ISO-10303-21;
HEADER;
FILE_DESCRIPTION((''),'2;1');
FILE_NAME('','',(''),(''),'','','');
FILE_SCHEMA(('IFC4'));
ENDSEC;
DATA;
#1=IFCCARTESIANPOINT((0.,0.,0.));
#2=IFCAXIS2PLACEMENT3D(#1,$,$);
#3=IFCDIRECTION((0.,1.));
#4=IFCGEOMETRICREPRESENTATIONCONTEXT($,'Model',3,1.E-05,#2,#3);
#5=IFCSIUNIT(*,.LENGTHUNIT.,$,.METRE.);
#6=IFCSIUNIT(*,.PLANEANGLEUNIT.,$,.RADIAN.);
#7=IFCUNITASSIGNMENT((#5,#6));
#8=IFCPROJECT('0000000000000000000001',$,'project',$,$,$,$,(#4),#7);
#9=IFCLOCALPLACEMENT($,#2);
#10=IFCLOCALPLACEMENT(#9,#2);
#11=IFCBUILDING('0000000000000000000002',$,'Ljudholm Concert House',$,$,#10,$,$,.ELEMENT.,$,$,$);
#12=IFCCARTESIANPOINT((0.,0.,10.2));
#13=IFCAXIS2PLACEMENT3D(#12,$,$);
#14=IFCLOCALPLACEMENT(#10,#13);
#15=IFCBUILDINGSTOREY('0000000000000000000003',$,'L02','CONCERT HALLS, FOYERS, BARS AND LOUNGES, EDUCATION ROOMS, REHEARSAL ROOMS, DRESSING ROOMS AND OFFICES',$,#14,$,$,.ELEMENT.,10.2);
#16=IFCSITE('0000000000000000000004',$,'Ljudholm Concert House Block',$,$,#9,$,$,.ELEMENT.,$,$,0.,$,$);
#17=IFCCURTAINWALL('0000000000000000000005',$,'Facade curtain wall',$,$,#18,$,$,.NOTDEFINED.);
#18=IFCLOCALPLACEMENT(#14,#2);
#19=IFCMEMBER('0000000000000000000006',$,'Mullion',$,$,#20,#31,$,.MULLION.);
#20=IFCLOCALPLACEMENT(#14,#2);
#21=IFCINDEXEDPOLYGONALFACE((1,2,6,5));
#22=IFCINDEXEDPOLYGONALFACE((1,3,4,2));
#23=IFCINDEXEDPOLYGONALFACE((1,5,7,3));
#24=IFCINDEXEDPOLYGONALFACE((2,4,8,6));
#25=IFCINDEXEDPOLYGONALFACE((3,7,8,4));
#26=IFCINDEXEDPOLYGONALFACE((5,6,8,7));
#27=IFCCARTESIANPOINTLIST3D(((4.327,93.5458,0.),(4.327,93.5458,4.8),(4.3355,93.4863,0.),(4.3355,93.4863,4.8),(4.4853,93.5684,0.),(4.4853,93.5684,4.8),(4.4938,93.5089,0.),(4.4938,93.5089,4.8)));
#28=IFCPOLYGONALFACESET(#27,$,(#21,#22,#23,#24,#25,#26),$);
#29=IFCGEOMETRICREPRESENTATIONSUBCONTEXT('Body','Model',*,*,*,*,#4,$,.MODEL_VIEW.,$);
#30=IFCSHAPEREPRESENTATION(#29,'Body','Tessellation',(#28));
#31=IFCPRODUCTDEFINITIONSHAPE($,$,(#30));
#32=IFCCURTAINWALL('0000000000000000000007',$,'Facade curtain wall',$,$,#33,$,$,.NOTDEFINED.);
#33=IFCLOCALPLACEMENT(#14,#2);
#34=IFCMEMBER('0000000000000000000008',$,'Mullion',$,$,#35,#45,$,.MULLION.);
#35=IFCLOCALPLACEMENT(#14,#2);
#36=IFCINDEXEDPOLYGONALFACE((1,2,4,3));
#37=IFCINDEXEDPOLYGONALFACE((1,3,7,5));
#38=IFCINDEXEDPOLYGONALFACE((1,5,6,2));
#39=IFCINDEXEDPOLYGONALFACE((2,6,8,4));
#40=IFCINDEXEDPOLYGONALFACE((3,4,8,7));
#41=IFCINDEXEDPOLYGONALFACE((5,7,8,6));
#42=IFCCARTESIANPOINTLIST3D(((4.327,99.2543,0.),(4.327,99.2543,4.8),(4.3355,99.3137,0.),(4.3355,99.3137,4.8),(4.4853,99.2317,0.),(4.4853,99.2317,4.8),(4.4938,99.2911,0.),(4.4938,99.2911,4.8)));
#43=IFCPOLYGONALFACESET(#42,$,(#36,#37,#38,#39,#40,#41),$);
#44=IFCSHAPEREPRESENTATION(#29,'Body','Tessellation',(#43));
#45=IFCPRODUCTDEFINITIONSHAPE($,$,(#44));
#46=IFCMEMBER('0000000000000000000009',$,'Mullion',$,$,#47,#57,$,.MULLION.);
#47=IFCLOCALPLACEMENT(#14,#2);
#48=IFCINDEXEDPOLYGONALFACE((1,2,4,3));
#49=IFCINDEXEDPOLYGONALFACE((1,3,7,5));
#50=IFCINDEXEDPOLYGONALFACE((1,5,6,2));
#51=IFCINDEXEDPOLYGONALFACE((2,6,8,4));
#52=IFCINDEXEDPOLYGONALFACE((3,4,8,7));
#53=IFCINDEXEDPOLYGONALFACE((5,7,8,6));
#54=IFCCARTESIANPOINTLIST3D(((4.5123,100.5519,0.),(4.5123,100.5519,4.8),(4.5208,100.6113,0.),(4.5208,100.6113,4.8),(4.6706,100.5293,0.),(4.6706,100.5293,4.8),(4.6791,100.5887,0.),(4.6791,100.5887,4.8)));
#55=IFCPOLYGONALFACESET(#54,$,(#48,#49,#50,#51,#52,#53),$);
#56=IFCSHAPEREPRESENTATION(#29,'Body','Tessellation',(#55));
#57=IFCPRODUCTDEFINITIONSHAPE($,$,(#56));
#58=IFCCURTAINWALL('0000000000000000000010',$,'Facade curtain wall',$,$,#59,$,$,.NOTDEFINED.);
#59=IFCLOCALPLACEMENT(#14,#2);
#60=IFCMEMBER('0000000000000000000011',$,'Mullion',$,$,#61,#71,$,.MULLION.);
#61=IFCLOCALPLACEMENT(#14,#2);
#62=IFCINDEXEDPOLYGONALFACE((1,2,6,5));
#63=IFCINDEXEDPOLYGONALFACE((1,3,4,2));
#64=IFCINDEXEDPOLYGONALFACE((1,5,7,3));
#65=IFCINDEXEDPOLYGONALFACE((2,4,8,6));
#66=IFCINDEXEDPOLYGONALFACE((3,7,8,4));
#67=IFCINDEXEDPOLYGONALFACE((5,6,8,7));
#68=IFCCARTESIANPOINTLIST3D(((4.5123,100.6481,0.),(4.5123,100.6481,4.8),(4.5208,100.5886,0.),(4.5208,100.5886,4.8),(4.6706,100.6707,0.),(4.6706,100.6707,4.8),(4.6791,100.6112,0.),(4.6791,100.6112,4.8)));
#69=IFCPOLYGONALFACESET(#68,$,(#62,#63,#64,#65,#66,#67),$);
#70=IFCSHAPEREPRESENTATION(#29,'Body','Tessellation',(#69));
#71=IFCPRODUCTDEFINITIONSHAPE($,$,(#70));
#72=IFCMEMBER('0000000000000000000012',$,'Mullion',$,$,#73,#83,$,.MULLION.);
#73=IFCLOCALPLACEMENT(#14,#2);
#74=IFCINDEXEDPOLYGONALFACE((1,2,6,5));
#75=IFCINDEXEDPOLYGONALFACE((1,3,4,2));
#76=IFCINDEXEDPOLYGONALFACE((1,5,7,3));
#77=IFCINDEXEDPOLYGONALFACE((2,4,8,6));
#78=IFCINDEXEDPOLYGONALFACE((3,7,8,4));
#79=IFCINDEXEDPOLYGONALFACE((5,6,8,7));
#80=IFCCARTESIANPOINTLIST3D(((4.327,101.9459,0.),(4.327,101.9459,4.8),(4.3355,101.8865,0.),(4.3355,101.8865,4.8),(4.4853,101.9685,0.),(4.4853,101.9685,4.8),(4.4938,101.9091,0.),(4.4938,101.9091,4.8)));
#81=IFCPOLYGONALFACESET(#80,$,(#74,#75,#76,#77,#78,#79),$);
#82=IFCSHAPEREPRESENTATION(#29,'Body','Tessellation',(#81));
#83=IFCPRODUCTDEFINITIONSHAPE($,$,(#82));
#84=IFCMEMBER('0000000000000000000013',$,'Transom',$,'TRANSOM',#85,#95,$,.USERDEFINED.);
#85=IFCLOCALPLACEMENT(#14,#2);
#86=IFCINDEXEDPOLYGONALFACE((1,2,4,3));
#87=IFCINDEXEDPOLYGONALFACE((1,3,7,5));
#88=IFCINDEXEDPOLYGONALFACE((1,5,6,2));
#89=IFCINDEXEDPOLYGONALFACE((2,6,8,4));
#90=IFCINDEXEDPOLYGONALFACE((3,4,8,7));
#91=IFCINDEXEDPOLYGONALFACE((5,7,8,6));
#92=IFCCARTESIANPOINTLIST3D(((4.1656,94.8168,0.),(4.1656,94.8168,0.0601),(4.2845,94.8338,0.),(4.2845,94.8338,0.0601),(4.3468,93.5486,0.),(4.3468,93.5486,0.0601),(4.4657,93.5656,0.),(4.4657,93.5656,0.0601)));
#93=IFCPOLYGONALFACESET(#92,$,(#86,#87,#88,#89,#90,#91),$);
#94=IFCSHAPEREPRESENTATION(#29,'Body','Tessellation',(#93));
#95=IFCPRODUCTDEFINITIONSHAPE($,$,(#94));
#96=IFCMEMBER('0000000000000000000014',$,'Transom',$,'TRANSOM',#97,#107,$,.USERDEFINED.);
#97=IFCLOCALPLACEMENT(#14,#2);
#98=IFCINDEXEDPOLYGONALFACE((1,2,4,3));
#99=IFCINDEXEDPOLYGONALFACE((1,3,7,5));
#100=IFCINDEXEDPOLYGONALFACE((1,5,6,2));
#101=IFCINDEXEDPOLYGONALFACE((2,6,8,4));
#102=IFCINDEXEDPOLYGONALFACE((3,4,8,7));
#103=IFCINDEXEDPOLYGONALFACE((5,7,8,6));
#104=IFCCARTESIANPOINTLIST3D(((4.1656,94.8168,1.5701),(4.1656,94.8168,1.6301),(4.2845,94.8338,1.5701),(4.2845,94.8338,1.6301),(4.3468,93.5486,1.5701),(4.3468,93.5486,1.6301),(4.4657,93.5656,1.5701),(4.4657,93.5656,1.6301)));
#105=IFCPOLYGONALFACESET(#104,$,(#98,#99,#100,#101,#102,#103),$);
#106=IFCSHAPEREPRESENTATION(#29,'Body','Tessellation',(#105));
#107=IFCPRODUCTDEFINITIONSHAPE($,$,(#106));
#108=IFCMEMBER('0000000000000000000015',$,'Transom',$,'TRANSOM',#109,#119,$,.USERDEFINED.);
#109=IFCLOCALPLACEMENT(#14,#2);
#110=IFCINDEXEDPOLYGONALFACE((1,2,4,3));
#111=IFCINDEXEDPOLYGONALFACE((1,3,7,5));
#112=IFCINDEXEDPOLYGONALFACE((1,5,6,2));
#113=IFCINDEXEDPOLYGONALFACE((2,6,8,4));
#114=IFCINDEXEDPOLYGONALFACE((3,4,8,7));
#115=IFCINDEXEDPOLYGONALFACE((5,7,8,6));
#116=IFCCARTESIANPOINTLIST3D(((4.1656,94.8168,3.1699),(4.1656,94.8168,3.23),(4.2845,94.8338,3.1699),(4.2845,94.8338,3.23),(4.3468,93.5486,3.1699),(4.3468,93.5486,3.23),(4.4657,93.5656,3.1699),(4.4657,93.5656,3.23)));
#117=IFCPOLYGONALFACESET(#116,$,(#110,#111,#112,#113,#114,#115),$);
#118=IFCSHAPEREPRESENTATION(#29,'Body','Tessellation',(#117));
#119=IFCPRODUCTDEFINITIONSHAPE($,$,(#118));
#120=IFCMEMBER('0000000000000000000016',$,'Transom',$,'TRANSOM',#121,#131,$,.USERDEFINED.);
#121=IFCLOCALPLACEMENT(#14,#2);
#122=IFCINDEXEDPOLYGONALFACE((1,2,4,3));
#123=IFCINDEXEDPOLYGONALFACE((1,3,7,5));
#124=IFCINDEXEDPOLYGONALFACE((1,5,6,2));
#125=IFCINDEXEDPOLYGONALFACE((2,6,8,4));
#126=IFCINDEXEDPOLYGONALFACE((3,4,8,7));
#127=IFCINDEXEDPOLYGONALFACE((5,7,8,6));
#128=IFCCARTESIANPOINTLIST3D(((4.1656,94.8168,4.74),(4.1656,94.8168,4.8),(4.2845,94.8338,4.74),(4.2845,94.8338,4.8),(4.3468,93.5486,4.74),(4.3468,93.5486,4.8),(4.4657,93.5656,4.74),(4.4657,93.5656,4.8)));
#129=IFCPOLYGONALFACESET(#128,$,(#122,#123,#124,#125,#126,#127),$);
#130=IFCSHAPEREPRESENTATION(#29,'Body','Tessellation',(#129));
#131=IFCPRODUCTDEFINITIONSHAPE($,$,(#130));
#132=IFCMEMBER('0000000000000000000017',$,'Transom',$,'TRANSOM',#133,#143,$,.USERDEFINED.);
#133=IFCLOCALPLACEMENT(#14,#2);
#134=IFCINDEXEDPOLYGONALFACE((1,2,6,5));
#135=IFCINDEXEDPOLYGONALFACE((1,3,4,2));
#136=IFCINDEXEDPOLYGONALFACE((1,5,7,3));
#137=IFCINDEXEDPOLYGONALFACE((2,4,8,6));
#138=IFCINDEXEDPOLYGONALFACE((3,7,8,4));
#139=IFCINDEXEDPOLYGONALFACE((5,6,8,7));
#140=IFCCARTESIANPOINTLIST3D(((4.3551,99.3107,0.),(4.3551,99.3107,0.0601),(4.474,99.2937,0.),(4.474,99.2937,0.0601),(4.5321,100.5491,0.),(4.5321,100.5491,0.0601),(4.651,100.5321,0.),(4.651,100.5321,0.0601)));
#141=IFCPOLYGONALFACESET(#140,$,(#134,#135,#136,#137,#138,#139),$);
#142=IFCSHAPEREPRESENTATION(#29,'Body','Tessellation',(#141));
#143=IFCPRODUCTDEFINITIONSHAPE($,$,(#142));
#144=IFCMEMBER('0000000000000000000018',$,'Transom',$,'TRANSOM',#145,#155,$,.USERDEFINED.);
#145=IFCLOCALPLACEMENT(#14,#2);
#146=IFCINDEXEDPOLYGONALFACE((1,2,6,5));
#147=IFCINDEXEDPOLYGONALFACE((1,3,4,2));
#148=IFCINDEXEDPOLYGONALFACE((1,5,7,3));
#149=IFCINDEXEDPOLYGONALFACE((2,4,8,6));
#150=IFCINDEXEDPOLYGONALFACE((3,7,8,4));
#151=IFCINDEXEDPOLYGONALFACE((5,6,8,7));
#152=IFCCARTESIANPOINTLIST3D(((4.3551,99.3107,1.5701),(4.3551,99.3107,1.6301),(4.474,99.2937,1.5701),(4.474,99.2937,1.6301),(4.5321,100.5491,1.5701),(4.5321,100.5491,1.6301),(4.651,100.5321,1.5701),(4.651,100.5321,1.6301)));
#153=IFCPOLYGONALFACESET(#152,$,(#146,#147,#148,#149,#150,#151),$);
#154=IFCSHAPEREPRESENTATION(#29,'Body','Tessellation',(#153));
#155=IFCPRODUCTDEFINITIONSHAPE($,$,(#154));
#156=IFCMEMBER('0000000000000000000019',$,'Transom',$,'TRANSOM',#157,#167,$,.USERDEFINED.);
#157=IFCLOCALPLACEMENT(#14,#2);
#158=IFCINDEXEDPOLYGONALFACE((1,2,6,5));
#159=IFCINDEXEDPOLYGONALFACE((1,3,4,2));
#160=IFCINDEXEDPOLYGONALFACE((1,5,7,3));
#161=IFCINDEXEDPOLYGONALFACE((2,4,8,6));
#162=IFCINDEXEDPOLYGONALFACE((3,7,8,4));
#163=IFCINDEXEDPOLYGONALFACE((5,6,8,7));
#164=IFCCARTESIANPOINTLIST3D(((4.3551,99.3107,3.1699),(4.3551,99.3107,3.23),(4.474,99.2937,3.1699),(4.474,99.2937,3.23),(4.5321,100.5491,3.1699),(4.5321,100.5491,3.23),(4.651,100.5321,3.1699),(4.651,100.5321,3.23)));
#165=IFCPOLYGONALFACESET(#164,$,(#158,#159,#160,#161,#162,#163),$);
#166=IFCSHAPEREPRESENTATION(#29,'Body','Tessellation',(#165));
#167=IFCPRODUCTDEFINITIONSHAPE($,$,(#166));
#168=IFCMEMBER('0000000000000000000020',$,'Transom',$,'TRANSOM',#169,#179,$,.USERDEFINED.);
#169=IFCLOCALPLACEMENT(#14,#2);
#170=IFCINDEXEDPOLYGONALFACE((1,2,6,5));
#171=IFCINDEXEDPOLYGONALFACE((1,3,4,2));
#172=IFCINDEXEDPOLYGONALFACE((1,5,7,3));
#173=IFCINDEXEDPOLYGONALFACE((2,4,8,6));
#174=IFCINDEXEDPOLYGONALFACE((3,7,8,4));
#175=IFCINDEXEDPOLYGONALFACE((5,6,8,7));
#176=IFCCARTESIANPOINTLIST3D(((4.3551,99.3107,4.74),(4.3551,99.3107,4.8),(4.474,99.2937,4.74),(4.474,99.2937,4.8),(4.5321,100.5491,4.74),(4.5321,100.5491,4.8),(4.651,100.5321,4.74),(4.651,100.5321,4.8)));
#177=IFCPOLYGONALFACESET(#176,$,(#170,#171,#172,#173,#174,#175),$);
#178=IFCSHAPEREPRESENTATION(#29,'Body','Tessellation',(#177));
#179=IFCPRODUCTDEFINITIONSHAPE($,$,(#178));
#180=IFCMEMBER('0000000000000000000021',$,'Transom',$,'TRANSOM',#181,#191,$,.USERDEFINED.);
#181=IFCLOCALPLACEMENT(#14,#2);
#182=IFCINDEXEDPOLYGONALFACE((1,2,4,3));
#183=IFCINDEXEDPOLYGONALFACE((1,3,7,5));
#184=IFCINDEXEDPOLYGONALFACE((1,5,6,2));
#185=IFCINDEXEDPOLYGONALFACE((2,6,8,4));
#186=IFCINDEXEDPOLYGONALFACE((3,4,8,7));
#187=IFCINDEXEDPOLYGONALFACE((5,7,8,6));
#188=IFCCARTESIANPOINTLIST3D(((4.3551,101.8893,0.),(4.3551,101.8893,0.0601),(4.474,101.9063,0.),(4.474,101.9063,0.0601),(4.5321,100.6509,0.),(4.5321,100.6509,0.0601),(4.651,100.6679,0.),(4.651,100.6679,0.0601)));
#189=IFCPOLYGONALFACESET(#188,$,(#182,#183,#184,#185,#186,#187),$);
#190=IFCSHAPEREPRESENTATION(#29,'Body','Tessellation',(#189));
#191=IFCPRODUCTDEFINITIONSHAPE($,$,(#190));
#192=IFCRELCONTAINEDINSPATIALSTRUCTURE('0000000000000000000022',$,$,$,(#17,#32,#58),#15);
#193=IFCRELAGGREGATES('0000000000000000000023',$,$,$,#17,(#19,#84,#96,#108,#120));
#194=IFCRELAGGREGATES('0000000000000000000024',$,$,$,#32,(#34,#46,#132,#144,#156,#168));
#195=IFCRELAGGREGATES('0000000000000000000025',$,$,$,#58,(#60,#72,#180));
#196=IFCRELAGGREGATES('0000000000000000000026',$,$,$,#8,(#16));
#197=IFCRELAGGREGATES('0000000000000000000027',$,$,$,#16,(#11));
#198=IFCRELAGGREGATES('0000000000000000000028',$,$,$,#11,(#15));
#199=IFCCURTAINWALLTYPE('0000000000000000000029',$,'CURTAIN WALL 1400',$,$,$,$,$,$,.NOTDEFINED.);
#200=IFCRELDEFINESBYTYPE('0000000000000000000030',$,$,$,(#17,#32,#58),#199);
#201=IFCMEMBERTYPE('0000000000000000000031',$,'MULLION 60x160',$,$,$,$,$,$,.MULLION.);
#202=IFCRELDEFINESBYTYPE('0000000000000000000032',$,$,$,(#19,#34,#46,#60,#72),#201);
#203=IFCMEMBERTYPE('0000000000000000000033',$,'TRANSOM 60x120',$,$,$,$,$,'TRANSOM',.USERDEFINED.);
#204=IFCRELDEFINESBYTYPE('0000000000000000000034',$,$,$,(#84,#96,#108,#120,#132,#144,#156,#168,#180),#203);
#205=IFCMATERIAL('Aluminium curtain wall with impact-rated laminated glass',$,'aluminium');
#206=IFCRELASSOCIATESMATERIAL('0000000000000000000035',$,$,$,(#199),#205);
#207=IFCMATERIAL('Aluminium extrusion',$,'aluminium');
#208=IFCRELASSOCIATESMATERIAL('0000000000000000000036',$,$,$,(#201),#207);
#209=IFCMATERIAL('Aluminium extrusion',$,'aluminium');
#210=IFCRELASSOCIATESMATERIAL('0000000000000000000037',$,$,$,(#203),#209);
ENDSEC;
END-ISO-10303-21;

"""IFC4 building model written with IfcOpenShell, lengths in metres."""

from ifc_helpers import new_model, si_unit, direction, frame, origin, origin_2d, place, context, subcontext, project, spatial, rectangle, extrude, material, material_profile, profile_set, type_object, element, aggregate, save


model = new_model("IFC4")

# Units and contexts
model_context = context("Model", 3, precision=1e-05, world=origin(), true_north=direction((0.0, 1.0)))
body_context = subcontext(model_context, "Body", "Model", "MODEL_VIEW")
ifc_project = project(units=[si_unit("LENGTHUNIT", "METRE"), si_unit("PLANEANGLEUNIT", "RADIAN")], contexts=[model_context])

# Site, building, storey
site_placement = place(None, origin())
site = spatial("IfcSite", under=ifc_project, at=site_placement, Name="Ljudholm Concert House Block", CompositionType="ELEMENT", RefElevation=0.0)
building_placement = place(site_placement, origin())
building = spatial("IfcBuilding", under=site, at=building_placement, Name="Ljudholm Concert House", CompositionType="ELEMENT")
storey_placement = place(building_placement, frame((0.0, 0.0, 10.2)))
storey = spatial("IfcBuildingStorey", under=building, at=storey_placement, Name="L02", Description="CONCERT HALLS, FOYERS, BARS AND LOUNGES, EDUCATION ROOMS, REHEARSAL ROOMS, DRESSING ROOMS AND OFFICES", CompositionType="ELEMENT", Elevation=10.2)

# Curtain wall, member
ifc_material_1 = material(Name="Aluminium curtain wall with impact-rated laminated glass", Category="aluminium")
curtain_wall_type = type_object("IfcCurtainWallType", Name="CURTAIN WALL 1400", PredefinedType="NOTDEFINED", material=ifc_material_1)
curtain_wall_1_placement = place(storey_placement, origin())
curtain_wall_1 = element("IfcCurtainWall", 1, at=curtain_wall_1_placement, inside=storey, type_object=curtain_wall_type, Name="Facade curtain wall", PredefinedType="NOTDEFINED")
ifc_material_2 = material(Name="Aluminium extrusion", Category="aluminium")
ifc_material_profile_1 = material_profile(ifc_material_2, rectangle(XDim=0.1599, YDim=0.0601, at=origin_2d()), Name="MULLION 60x160")
ifc_profile_set_1 = profile_set([ifc_material_profile_1], Name="Aluminium extrusion")
member_type_1 = type_object("IfcMemberType", Name="MULLION 60x160", PredefinedType="MULLION", material=ifc_profile_set_1)
member_1_placement = place(storey_placement, frame((4.4104, 93.5273, 0.0), z_axis=(0.0, 0.0, 1.0), x_axis=(-0.989949, -0.141421, 0.0)))
member_1 = element("IfcMember", 2, at=member_1_placement, type_object=member_type_1, Name="Mullion", PredefinedType="MULLION", context=body_context, shape_type="SweptSolid", body=[
    extrude(rectangle(XDim=0.1599, YDim=0.0601, at=origin_2d()), origin(), (0.0, 0.0, 1.0), 4.8),
])

# Curtain walls, members
curtain_wall_2_placement = place(storey_placement, origin())
curtain_wall_2 = element("IfcCurtainWall", 3, at=curtain_wall_2_placement, inside=storey, type_object=curtain_wall_type, Name="Facade curtain wall", PredefinedType="NOTDEFINED")
member_2_placement = place(storey_placement, frame((4.4104, 99.2727, 0.0), z_axis=(0.0, 0.0, 1.0), x_axis=(-0.989949, 0.141421, 0.0)))
member_2 = element("IfcMember", 4, at=member_2_placement, type_object=member_type_1, Name="Mullion", PredefinedType="MULLION", context=body_context, shape_type="SweptSolid", body=[
    extrude(rectangle(XDim=0.1599, YDim=0.0601, at=origin_2d()), origin(), (0.0, 0.0, 1.0), 4.8),
])
member_3_placement = place(storey_placement, frame((4.5957, 100.5703, 0.0), z_axis=(0.0, 0.0, 1.0), x_axis=(-0.989949, 0.141421, 0.0)))
member_3 = element("IfcMember", 5, at=member_3_placement, type_object=member_type_1, Name="Mullion", PredefinedType="MULLION", context=body_context, shape_type="SweptSolid", body=[
    extrude(rectangle(XDim=0.1599, YDim=0.0601, at=origin_2d()), origin(), (0.0, 0.0, 1.0), 4.8),
])
curtain_wall_3_placement = place(storey_placement, origin())
curtain_wall_3 = element("IfcCurtainWall", 6, at=curtain_wall_3_placement, inside=storey, type_object=curtain_wall_type, Name="Facade curtain wall", PredefinedType="NOTDEFINED")
member_4_placement = place(storey_placement, frame((4.5957, 100.6296, 0.0), z_axis=(0.0, 0.0, 1.0), x_axis=(-0.989949, -0.141421, 0.0)))
member_4 = element("IfcMember", 7, at=member_4_placement, type_object=member_type_1, Name="Mullion", PredefinedType="MULLION", context=body_context, shape_type="SweptSolid", body=[
    extrude(rectangle(XDim=0.1599, YDim=0.0601, at=origin_2d()), origin(), (0.0, 0.0, 1.0), 4.8),
])
member_5_placement = place(storey_placement, frame((4.4104, 101.9275, 0.0), z_axis=(0.0, 0.0, 1.0), x_axis=(-0.989949, -0.141421, 0.0)))
member_5 = element("IfcMember", 8, at=member_5_placement, type_object=member_type_1, Name="Mullion", PredefinedType="MULLION", context=body_context, shape_type="SweptSolid", body=[
    extrude(rectangle(XDim=0.1599, YDim=0.0601, at=origin_2d()), origin(), (0.0, 0.0, 1.0), 4.8),
])

# Members
ifc_material_3 = material(Name="Aluminium extrusion", Category="aluminium")
ifc_material_profile_2 = material_profile(ifc_material_3, rectangle(XDim=0.1201, YDim=0.0601, at=origin_2d()), Name="TRANSOM 60x120")
ifc_profile_set_2 = profile_set([ifc_material_profile_2], Name="Aluminium extrusion")
member_type_2 = type_object("IfcMemberType", Name="TRANSOM 60x120", ElementType="TRANSOM", PredefinedType="USERDEFINED", material=ifc_profile_set_2)
member_6_placement = place(storey_placement, frame((4.4062, 93.5571, 0.03), z_axis=(-0.141421, 0.989949, 0.0), x_axis=(-0.989949, -0.141421, 0.0)))
member_6 = element("IfcMember", 9, at=member_6_placement, type_object=member_type_2, Name="Transom", ObjectType="TRANSOM", PredefinedType="USERDEFINED", context=body_context, shape_type="SweptSolid", body=[
    extrude(rectangle(XDim=0.1201, YDim=0.0601, at=origin_2d()), origin(), (0.0, 0.0, 1.0), 1.281),
])
member_7_placement = place(storey_placement, frame((4.4062, 93.5571, 1.6001), z_axis=(-0.141421, 0.989949, 0.0), x_axis=(-0.989949, -0.141421, 0.0)))
member_7 = element("IfcMember", 10, at=member_7_placement, type_object=member_type_2, Name="Transom", ObjectType="TRANSOM", PredefinedType="USERDEFINED", context=body_context, shape_type="SweptSolid", body=[
    extrude(rectangle(XDim=0.1201, YDim=0.0601, at=origin_2d()), origin(), (0.0, 0.0, 1.0), 1.281),
])
member_8_placement = place(storey_placement, frame((4.4062, 93.5571, 3.2), z_axis=(-0.141421, 0.989949, 0.0), x_axis=(-0.989949, -0.141421, 0.0)))
member_8 = element("IfcMember", 11, at=member_8_placement, type_object=member_type_2, Name="Transom", ObjectType="TRANSOM", PredefinedType="USERDEFINED", context=body_context, shape_type="SweptSolid", body=[
    extrude(rectangle(XDim=0.1201, YDim=0.0601, at=origin_2d()), origin(), (0.0, 0.0, 1.0), 1.281),
])
member_9_placement = place(storey_placement, frame((4.4062, 93.5571, 4.77), z_axis=(-0.141421, 0.989949, 0.0), x_axis=(-0.989949, -0.141421, 0.0)))
member_9 = element("IfcMember", 12, at=member_9_placement, type_object=member_type_2, Name="Transom", ObjectType="TRANSOM", PredefinedType="USERDEFINED", context=body_context, shape_type="SweptSolid", body=[
    extrude(rectangle(XDim=0.1201, YDim=0.0601, at=origin_2d()), origin(), (0.0, 0.0, 1.0), 1.281),
])
aggregate(curtain_wall_1, [member_1, member_6, member_7, member_8, member_9])
member_10_placement = place(storey_placement, frame((4.4146, 99.3022, 0.03), z_axis=(0.141503, 0.989938, 0.0), x_axis=(-0.989938, 0.141503, 0.0)))
member_10 = element("IfcMember", 13, at=member_10_placement, type_object=member_type_2, Name="Transom", ObjectType="TRANSOM", PredefinedType="USERDEFINED", context=body_context, shape_type="SweptSolid", body=[
    extrude(rectangle(XDim=0.1201, YDim=0.0601, at=origin_2d()), origin(), (0.0, 0.0, 1.0), 1.251),
])
member_11_placement = place(storey_placement, frame((4.4146, 99.3022, 1.6001), z_axis=(0.141503, 0.989938, 0.0), x_axis=(-0.989938, 0.141503, 0.0)))
member_11 = element("IfcMember", 14, at=member_11_placement, type_object=member_type_2, Name="Transom", ObjectType="TRANSOM", PredefinedType="USERDEFINED", context=body_context, shape_type="SweptSolid", body=[
    extrude(rectangle(XDim=0.1201, YDim=0.0601, at=origin_2d()), origin(), (0.0, 0.0, 1.0), 1.251),
])
member_12_placement = place(storey_placement, frame((4.4146, 99.3022, 3.2), z_axis=(0.141503, 0.989938, 0.0), x_axis=(-0.989938, 0.141503, 0.0)))
member_12 = element("IfcMember", 15, at=member_12_placement, type_object=member_type_2, Name="Transom", ObjectType="TRANSOM", PredefinedType="USERDEFINED", context=body_context, shape_type="SweptSolid", body=[
    extrude(rectangle(XDim=0.1201, YDim=0.0601, at=origin_2d()), origin(), (0.0, 0.0, 1.0), 1.251),
])
member_13_placement = place(storey_placement, frame((4.4146, 99.3022, 4.77), z_axis=(0.141503, 0.989938, 0.0), x_axis=(-0.989938, 0.141503, 0.0)))
member_13 = element("IfcMember", 16, at=member_13_placement, type_object=member_type_2, Name="Transom", ObjectType="TRANSOM", PredefinedType="USERDEFINED", context=body_context, shape_type="SweptSolid", body=[
    extrude(rectangle(XDim=0.1201, YDim=0.0601, at=origin_2d()), origin(), (0.0, 0.0, 1.0), 1.251),
])
member_14_placement = place(storey_placement, frame((4.5916, 100.6594, 0.03), z_axis=(-0.141503, 0.989938, 0.0), x_axis=(-0.989938, -0.141503, 0.0)))
member_14 = element("IfcMember", 17, at=member_14_placement, type_object=member_type_2, Name="Transom", ObjectType="TRANSOM", PredefinedType="USERDEFINED", context=body_context, shape_type="SweptSolid", body=[
    extrude(rectangle(XDim=0.1201, YDim=0.0601, at=origin_2d()), origin(), (0.0, 0.0, 1.0), 1.251),
])

aggregate(curtain_wall_2, [member_2, member_3, member_10, member_11, member_12, member_13])
aggregate(curtain_wall_3, [member_4, member_5, member_14])

save(model, "model.ifc")
